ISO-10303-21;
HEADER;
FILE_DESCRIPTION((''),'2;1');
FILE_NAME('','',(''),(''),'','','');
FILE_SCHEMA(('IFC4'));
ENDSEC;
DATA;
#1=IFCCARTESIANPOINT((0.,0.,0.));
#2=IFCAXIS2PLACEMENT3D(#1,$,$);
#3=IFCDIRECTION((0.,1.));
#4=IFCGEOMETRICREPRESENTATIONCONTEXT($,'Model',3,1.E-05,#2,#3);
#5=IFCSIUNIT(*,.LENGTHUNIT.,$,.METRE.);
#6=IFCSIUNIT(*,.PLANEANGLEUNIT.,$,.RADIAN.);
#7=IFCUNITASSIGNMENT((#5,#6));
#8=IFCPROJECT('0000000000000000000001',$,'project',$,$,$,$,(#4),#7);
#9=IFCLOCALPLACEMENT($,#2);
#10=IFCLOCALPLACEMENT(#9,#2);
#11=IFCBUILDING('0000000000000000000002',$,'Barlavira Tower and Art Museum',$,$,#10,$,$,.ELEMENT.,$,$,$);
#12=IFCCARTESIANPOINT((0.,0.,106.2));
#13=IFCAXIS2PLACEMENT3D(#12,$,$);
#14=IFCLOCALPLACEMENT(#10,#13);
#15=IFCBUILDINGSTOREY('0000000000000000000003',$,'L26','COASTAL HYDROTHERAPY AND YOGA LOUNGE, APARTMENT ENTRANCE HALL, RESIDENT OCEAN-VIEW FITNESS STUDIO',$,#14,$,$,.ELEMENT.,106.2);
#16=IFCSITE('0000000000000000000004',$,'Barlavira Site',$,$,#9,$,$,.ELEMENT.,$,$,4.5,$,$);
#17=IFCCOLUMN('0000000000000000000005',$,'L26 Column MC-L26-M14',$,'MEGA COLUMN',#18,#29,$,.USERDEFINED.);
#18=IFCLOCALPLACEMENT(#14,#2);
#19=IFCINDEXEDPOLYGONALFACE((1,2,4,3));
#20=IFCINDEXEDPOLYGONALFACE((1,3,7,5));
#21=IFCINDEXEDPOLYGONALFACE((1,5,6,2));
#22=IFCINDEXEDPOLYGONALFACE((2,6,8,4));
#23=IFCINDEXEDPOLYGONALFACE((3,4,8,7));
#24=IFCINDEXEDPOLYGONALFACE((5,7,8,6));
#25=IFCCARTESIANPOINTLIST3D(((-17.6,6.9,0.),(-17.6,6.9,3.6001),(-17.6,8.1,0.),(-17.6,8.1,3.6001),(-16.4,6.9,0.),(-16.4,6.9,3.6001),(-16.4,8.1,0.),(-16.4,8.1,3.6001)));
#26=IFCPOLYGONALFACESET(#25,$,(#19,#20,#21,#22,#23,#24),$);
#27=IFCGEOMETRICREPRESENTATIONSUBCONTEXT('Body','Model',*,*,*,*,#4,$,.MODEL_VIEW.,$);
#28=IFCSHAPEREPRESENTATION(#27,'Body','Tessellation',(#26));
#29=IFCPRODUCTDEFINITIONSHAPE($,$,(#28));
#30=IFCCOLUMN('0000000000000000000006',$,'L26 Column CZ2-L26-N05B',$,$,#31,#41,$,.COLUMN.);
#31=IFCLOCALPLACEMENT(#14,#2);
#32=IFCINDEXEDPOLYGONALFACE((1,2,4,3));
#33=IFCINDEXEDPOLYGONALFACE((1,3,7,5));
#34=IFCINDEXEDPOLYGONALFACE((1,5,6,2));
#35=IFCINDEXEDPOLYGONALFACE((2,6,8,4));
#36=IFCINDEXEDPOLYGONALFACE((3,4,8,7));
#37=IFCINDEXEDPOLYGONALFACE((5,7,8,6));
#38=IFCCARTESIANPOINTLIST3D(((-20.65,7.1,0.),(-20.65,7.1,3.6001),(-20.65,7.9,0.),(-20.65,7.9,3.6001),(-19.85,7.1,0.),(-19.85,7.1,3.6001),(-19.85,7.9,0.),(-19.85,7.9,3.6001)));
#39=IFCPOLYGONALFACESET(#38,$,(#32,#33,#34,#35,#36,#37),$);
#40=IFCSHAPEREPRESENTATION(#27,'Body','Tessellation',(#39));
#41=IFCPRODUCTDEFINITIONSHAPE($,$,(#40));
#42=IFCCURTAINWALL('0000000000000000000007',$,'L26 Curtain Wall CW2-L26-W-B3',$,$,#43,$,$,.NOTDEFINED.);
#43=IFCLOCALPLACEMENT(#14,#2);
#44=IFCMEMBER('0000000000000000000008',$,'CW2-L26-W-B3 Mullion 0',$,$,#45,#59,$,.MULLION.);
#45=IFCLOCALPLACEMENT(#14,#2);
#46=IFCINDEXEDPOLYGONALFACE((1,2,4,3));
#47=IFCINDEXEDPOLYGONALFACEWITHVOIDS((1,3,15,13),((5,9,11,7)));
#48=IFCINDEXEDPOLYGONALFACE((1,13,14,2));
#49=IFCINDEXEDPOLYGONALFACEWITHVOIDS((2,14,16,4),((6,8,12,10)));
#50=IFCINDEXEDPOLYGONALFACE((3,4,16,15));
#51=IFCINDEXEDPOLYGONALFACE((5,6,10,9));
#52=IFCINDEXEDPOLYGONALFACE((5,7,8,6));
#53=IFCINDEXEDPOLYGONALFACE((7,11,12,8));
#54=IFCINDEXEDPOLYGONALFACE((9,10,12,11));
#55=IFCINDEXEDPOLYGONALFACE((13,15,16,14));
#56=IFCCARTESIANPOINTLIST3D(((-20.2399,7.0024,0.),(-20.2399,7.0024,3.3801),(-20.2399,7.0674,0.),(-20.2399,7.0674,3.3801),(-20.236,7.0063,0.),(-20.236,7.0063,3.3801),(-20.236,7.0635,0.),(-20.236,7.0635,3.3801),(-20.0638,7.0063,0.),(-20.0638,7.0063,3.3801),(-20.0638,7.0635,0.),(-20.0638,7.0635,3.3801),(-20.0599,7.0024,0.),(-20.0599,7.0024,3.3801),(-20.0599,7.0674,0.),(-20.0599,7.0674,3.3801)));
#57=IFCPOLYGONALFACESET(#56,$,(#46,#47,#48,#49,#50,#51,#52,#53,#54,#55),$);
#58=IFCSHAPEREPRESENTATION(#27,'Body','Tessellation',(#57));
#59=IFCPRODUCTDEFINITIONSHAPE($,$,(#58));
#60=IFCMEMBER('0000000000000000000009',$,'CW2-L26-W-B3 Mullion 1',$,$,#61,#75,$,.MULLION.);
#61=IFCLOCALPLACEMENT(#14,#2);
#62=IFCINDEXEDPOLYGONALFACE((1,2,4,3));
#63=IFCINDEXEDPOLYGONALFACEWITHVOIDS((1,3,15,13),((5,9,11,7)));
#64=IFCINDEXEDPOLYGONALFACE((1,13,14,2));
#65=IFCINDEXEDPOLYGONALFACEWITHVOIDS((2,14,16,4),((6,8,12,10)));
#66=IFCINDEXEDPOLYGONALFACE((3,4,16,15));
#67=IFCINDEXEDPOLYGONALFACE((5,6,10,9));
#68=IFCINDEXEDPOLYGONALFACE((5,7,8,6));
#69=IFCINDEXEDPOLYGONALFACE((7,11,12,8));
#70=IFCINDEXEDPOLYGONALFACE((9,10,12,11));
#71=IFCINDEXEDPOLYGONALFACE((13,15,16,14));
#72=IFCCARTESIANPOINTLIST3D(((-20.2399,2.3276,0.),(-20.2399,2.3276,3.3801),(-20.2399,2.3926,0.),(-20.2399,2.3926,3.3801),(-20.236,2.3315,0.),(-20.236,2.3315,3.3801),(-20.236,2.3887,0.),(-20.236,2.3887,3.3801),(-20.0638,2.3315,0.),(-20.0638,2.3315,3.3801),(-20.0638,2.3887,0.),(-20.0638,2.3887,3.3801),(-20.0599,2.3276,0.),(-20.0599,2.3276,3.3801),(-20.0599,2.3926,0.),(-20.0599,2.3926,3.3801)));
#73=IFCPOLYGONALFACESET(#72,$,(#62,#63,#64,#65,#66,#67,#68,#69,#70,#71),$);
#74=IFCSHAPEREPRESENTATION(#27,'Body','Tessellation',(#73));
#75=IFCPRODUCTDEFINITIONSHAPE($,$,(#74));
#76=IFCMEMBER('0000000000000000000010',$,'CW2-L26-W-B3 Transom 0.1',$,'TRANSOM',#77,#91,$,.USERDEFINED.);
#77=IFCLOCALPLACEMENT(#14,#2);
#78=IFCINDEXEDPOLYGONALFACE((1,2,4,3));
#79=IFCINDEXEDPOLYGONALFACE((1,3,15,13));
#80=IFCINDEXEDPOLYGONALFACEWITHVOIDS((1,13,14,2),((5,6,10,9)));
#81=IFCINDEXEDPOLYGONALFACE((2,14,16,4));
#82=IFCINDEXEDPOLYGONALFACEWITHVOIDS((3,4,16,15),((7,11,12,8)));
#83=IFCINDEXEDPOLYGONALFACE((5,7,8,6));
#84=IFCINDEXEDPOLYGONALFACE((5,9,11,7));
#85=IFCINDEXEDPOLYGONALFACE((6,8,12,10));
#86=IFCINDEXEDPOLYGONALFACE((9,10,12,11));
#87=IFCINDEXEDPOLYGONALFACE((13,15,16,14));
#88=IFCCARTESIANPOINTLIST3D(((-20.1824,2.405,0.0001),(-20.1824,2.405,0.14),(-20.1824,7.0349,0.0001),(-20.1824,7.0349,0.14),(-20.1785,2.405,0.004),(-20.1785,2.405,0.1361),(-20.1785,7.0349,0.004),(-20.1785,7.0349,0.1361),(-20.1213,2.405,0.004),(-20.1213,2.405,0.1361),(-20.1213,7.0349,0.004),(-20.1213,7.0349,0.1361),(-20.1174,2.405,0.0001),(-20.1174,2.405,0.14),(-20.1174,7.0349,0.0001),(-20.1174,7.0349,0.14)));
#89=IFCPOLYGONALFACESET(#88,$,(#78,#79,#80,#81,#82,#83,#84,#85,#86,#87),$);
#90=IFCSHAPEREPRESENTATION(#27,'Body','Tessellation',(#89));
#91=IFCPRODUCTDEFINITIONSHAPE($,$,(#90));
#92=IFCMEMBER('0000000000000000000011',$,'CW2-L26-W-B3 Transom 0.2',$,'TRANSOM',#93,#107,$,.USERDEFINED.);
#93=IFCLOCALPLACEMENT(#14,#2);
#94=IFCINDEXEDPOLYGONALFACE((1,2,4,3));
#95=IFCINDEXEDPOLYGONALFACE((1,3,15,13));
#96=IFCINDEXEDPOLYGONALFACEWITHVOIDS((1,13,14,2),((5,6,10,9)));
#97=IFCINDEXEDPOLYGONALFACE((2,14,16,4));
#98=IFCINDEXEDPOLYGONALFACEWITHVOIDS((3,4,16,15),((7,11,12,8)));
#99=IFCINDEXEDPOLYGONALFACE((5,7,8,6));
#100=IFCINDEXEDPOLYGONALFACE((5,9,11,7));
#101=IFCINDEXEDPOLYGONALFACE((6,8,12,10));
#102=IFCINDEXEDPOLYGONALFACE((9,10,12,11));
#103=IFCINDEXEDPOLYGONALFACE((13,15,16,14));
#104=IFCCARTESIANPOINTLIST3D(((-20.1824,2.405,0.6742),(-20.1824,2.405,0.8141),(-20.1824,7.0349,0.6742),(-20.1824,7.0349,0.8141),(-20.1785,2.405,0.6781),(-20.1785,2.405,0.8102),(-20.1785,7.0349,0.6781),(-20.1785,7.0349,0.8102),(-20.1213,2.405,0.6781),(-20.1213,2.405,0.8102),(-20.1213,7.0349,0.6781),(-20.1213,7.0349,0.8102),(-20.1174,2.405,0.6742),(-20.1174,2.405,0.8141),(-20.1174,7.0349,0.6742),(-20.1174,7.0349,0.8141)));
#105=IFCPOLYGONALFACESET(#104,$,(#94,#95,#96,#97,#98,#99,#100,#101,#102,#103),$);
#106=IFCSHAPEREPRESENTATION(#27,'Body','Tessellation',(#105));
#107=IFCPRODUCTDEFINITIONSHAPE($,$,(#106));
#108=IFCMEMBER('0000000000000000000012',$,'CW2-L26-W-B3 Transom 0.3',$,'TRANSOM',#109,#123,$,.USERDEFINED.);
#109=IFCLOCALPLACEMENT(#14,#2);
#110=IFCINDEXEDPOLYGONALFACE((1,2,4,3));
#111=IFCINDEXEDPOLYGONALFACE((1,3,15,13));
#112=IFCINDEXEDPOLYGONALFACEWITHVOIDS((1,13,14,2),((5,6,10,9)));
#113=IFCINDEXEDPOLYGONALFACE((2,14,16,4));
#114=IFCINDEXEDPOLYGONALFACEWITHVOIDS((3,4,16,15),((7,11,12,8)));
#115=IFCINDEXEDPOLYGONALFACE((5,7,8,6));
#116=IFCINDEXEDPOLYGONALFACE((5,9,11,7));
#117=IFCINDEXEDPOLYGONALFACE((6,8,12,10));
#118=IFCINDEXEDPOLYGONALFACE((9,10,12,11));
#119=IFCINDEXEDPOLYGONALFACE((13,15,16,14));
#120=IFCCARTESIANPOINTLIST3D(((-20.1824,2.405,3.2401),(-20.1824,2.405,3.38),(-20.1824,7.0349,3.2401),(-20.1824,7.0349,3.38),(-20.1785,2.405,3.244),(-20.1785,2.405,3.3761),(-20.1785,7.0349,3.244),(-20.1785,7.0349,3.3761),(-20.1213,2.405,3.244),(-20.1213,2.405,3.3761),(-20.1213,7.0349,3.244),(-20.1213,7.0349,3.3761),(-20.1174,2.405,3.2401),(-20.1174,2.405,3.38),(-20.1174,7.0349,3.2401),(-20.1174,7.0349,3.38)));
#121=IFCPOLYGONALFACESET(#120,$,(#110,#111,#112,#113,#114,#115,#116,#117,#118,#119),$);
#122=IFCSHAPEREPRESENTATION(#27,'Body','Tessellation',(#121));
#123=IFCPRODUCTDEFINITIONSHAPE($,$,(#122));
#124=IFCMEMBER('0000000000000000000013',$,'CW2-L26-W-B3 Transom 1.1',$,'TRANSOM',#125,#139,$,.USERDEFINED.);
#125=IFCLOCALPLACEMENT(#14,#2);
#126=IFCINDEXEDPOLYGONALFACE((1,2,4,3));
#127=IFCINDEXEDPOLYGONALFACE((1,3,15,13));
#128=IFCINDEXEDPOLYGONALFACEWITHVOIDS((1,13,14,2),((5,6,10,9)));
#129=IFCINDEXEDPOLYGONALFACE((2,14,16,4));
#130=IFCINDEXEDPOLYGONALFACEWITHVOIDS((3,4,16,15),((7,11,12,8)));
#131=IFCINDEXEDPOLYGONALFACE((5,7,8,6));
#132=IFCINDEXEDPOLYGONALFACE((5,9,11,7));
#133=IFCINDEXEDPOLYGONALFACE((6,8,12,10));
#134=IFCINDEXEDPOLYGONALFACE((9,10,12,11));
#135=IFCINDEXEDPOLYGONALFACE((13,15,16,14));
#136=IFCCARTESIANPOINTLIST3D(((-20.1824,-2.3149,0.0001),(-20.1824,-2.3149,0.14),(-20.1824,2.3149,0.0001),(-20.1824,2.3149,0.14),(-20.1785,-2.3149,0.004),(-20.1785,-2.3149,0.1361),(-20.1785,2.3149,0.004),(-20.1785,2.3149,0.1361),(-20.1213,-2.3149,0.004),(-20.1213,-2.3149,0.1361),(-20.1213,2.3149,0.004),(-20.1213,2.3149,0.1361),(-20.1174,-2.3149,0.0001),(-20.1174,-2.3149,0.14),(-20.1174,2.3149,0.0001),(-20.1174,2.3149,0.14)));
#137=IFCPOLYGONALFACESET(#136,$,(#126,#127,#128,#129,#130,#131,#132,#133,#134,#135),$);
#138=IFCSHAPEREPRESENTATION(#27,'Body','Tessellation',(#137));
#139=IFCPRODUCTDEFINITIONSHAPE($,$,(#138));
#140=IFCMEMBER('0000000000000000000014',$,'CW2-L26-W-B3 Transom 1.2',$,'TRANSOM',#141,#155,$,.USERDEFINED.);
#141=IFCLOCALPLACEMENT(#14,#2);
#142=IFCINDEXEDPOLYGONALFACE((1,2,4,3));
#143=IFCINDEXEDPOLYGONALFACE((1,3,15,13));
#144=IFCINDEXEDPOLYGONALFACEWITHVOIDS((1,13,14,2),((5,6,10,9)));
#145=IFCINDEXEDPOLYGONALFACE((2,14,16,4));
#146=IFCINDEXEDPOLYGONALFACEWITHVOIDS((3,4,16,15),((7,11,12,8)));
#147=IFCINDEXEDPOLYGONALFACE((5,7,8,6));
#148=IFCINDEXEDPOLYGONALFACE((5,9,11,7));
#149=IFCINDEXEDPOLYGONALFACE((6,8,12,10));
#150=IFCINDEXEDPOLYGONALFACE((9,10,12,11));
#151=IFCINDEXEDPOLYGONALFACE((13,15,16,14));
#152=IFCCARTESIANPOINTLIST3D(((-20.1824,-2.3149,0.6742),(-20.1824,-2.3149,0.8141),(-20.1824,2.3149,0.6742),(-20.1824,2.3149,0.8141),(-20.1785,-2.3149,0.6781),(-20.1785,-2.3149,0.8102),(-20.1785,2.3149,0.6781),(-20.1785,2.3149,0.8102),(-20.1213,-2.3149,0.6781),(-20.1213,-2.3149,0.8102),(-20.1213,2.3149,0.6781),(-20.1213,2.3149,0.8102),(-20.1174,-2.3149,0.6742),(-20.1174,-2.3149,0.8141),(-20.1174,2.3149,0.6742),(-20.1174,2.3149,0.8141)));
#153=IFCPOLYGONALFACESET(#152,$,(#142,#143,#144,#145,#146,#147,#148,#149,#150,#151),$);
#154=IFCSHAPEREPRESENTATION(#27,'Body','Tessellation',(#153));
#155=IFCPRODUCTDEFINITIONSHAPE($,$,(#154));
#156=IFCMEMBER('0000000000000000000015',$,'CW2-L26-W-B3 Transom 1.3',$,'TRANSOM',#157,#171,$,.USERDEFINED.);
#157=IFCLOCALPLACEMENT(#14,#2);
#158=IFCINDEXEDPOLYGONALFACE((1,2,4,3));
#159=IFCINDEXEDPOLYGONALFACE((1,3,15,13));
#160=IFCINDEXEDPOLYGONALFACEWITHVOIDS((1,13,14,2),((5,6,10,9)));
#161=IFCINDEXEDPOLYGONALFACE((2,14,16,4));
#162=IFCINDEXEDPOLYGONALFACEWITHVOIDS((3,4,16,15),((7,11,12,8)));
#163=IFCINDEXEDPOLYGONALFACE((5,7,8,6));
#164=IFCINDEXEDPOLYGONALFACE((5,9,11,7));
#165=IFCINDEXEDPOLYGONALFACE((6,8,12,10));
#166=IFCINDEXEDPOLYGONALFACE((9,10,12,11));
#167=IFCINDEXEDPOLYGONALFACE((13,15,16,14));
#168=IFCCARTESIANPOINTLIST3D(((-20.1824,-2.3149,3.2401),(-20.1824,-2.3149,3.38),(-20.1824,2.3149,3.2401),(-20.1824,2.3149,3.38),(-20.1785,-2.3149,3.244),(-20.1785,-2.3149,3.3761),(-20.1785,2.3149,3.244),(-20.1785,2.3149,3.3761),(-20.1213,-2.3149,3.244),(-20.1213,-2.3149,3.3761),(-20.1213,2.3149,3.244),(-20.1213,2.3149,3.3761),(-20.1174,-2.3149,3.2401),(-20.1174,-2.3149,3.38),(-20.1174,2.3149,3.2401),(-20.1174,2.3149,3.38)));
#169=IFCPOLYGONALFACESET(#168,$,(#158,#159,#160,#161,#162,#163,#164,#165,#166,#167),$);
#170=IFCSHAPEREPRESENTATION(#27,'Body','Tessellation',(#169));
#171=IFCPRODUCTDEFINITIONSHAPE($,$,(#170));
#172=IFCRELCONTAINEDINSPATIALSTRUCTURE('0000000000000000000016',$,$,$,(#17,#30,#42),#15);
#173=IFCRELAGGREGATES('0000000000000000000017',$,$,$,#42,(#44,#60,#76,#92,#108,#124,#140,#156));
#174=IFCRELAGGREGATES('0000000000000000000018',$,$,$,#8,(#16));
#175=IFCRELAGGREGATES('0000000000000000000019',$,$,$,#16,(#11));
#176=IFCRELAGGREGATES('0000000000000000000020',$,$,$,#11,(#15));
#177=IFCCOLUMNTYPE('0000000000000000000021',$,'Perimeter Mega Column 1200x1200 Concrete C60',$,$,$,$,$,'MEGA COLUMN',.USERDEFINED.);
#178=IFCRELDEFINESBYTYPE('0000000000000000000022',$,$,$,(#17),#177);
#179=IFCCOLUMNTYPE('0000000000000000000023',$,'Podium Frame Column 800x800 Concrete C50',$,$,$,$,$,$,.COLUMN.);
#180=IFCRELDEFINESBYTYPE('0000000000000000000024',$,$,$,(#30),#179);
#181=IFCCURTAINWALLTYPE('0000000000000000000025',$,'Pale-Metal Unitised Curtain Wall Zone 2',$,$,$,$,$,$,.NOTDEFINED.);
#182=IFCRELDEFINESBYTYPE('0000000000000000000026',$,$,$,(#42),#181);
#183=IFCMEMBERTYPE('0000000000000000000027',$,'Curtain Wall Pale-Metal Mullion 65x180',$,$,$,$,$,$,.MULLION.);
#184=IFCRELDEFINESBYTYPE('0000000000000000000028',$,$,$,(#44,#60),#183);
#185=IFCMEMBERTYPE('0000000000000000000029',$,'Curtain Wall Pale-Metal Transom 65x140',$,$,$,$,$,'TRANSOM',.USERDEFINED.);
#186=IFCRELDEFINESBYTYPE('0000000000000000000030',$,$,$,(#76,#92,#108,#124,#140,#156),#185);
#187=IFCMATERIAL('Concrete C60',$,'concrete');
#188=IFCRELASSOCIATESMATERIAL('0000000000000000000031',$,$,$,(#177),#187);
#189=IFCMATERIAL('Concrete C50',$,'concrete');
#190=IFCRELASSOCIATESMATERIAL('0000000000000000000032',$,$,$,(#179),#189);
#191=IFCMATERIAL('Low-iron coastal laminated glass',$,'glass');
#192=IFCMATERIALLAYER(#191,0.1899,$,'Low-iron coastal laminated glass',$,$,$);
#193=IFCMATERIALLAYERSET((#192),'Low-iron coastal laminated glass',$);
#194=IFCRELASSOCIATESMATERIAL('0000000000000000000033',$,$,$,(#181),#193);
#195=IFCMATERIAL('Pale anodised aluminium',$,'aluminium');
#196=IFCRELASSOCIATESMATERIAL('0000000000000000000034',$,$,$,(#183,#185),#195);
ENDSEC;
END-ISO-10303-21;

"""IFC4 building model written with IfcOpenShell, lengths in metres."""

from ifc_helpers import new_model, si_unit, direction, frame, origin, origin_2d, place, context, subcontext, project, spatial, rectangle, hollow_rectangle, extrude, material, layer, layer_set, material_profile, profile_set, type_object, element, aggregate, save


model = new_model("IFC4")

# Units and contexts
model_context = context("Model", 3, precision=1e-05, world=origin(), true_north=direction((0.0, 1.0)))
body_context = subcontext(model_context, "Body", "Model", "MODEL_VIEW")
ifc_project = project(units=[si_unit("LENGTHUNIT", "METRE"), si_unit("PLANEANGLEUNIT", "RADIAN")], contexts=[model_context])

# Site, building, storey
site_placement = place(None, origin())
site = spatial("IfcSite", under=ifc_project, at=site_placement, Name="Barlavira Site", CompositionType="ELEMENT", RefElevation=4.5)
building_placement = place(site_placement, origin())
building = spatial("IfcBuilding", under=site, at=building_placement, Name="Barlavira Tower and Art Museum", CompositionType="ELEMENT")
storey_placement = place(building_placement, frame((0.0, 0.0, 106.2)))
storey = spatial("IfcBuildingStorey", under=building, at=storey_placement, Name="L26", Description="COASTAL HYDROTHERAPY AND YOGA LOUNGE, APARTMENT ENTRANCE HALL, RESIDENT OCEAN-VIEW FITNESS STUDIO", CompositionType="ELEMENT", Elevation=106.2)

# Columns
ifc_material_1 = material(Name="Concrete C60", Category="concrete")
ifc_material_profile_1 = material_profile(ifc_material_1, rectangle(XDim=1.2, YDim=1.2, at=origin_2d()), Name="RC-COL 1200x1200")
ifc_profile_set_1 = profile_set([ifc_material_profile_1], Name="Concrete C60")
column_type_1 = type_object("IfcColumnType", Name="Perimeter Mega Column 1200x1200 Concrete C60", ElementType="MEGA COLUMN", PredefinedType="USERDEFINED", material=ifc_profile_set_1)
column_1_placement = place(storey_placement, frame((-17.0, 7.5, 0.0), z_axis=(0.0, 0.0, 1.0), x_axis=(1.0, 0.0, 0.0)))
element("IfcColumn", 1, at=column_1_placement, inside=storey, type_object=column_type_1, Name="L26 Column MC-L26-M14", ObjectType="MEGA COLUMN", PredefinedType="USERDEFINED", context=body_context, shape_type="SweptSolid", body=[
    extrude(rectangle(XDim=1.2, YDim=1.2, at=origin_2d()), origin(), (0.0, 0.0, 1.0), 3.6001),
])
ifc_material_2 = material(Name="Concrete C50", Category="concrete")
ifc_material_profile_2 = material_profile(ifc_material_2, rectangle(XDim=0.8, YDim=0.8, at=origin_2d()), Name="RC-COL 800x800")
ifc_profile_set_2 = profile_set([ifc_material_profile_2], Name="Concrete C50")
column_type_2 = type_object("IfcColumnType", Name="Podium Frame Column 800x800 Concrete C50", PredefinedType="COLUMN", material=ifc_profile_set_2)
column_2_placement = place(storey_placement, frame((-20.25, 7.5, 0.0), z_axis=(0.0, 0.0, 1.0), x_axis=(1.0, 0.0, 0.0)))
element("IfcColumn", 2, at=column_2_placement, inside=storey, type_object=column_type_2, Name="L26 Column CZ2-L26-N05B", PredefinedType="COLUMN", context=body_context, shape_type="SweptSolid", body=[
    extrude(rectangle(XDim=0.8, YDim=0.8, at=origin_2d()), origin(), (0.0, 0.0, 1.0), 3.6001),
])

# Curtain wall, members
ifc_material_3 = material(Name="Low-iron coastal laminated glass", Category="glass")
ifc_layer_1 = layer(ifc_material_3, 0.1899, Name="Low-iron coastal laminated glass")
ifc_layer_set_1 = layer_set([ifc_layer_1], Name="Low-iron coastal laminated glass")
curtain_wall_type = type_object("IfcCurtainWallType", Name="Pale-Metal Unitised Curtain Wall Zone 2", PredefinedType="NOTDEFINED", material=ifc_layer_set_1)
curtain_wall_placement = place(storey_placement, origin())
curtain_wall = element("IfcCurtainWall", 3, at=curtain_wall_placement, inside=storey, type_object=curtain_wall_type, Name="L26 Curtain Wall CW2-L26-W-B3", PredefinedType="NOTDEFINED")
ifc_material_4 = material(Name="Pale anodised aluminium", Category="aluminium")
ifc_material_profile_3 = material_profile(ifc_material_4, hollow_rectangle(XDim=0.0649, YDim=0.1799, WallThickness=0.0039, at=origin_2d()), Name="ALU-MULL 65x180x4")
ifc_profile_set_3 = profile_set([ifc_material_profile_3], Name="Pale anodised aluminium")
member_type_1 = type_object("IfcMemberType", Name="Curtain Wall Pale-Metal Mullion 65x180", PredefinedType="MULLION", material=ifc_profile_set_3)
member_1_placement = place(storey_placement, frame((-20.1499, 7.0349, 0.0), z_axis=(0.0, 0.0, 1.0), x_axis=(0.0, -1.0, 0.0)))
member_1 = element("IfcMember", 4, at=member_1_placement, type_object=member_type_1, Name="CW2-L26-W-B3 Mullion 0", PredefinedType="MULLION", context=body_context, shape_type="SweptSolid", body=[
    extrude(hollow_rectangle(XDim=0.0649, YDim=0.1799, WallThickness=0.0039, at=origin_2d()), origin(), (0.0, 0.0, 1.0), 3.3801),
])
member_2_placement = place(storey_placement, frame((-20.1499, 2.3601, 0.0), z_axis=(0.0, 0.0, 1.0), x_axis=(0.0, -1.0, 0.0)))
member_2 = element("IfcMember", 5, at=member_2_placement, type_object=member_type_1, Name="CW2-L26-W-B3 Mullion 1", PredefinedType="MULLION", context=body_context, shape_type="SweptSolid", body=[
    extrude(hollow_rectangle(XDim=0.0649, YDim=0.1799, WallThickness=0.0039, at=origin_2d()), origin(), (0.0, 0.0, 1.0), 3.3801),
])
ifc_material_profile_4 = material_profile(ifc_material_4, hollow_rectangle(XDim=0.0649, YDim=0.1399, WallThickness=0.0039, at=origin_2d()), Name="ALU-TRAN 65x140x4")
ifc_profile_set_4 = profile_set([ifc_material_profile_4], Name="Pale anodised aluminium")
member_type_2 = type_object("IfcMemberType", Name="Curtain Wall Pale-Metal Transom 65x140", ElementType="TRANSOM", PredefinedType="USERDEFINED", material=ifc_profile_set_4)
member_3_placement = place(storey_placement, frame((-20.1499, 7.0349, 0.0701), z_axis=(0.0, -1.0, 0.0), x_axis=(1.0, 0.0, 0.0)))
member_3 = element("IfcMember", 6, at=member_3_placement, type_object=member_type_2, Name="CW2-L26-W-B3 Transom 0.1", ObjectType="TRANSOM", PredefinedType="USERDEFINED", context=body_context, shape_type="SweptSolid", body=[
    extrude(hollow_rectangle(XDim=0.0649, YDim=0.1399, WallThickness=0.0039, at=origin_2d()), origin(), (0.0, 0.0, 1.0), 4.6299),
])
member_4_placement = place(storey_placement, frame((-20.1499, 7.0349, 0.7441), z_axis=(0.0, -1.0, 0.0), x_axis=(1.0, 0.0, 0.0)))
member_4 = element("IfcMember", 7, at=member_4_placement, type_object=member_type_2, Name="CW2-L26-W-B3 Transom 0.2", ObjectType="TRANSOM", PredefinedType="USERDEFINED", context=body_context, shape_type="SweptSolid", body=[
    extrude(hollow_rectangle(XDim=0.0649, YDim=0.1399, WallThickness=0.0039, at=origin_2d()), origin(), (0.0, 0.0, 1.0), 4.6299),
])
member_5_placement = place(storey_placement, frame((-20.1499, 7.0349, 3.3101), z_axis=(0.0, -1.0, 0.0), x_axis=(1.0, 0.0, 0.0)))
member_5 = element("IfcMember", 8, at=member_5_placement, type_object=member_type_2, Name="CW2-L26-W-B3 Transom 0.3", ObjectType="TRANSOM", PredefinedType="USERDEFINED", context=body_context, shape_type="SweptSolid", body=[
    extrude(hollow_rectangle(XDim=0.0649, YDim=0.1399, WallThickness=0.0039, at=origin_2d()), origin(), (0.0, 0.0, 1.0), 4.6299),
])
member_6_placement = place(storey_placement, frame((-20.1499, 2.3149, 0.0701), z_axis=(0.0, -1.0, 0.0), x_axis=(1.0, 0.0, 0.0)))
member_6 = element("IfcMember", 9, at=member_6_placement, type_object=member_type_2, Name="CW2-L26-W-B3 Transom 1.1", ObjectType="TRANSOM", PredefinedType="USERDEFINED", context=body_context, shape_type="SweptSolid", body=[
    extrude(hollow_rectangle(XDim=0.0649, YDim=0.1399, WallThickness=0.0039, at=origin_2d()), origin(), (0.0, 0.0, 1.0), 4.6299),
])
member_7_placement = place(storey_placement, frame((-20.1499, 2.3149, 0.7441), z_axis=(0.0, -1.0, 0.0), x_axis=(1.0, 0.0, 0.0)))
member_7 = element("IfcMember", 10, at=member_7_placement, type_object=member_type_2, Name="CW2-L26-W-B3 Transom 1.2", ObjectType="TRANSOM", PredefinedType="USERDEFINED", context=body_context, shape_type="SweptSolid", body=[
    extrude(hollow_rectangle(XDim=0.0649, YDim=0.1399, WallThickness=0.0039, at=origin_2d()), origin(), (0.0, 0.0, 1.0), 4.6299),
])
member_8_placement = place(storey_placement, frame((-20.1499, 2.3149, 3.3101), z_axis=(0.0, -1.0, 0.0), x_axis=(1.0, 0.0, 0.0)))
member_8 = element("IfcMember", 11, at=member_8_placement, type_object=member_type_2, Name="CW2-L26-W-B3 Transom 1.3", ObjectType="TRANSOM", PredefinedType="USERDEFINED", context=body_context, shape_type="SweptSolid", body=[
    extrude(hollow_rectangle(XDim=0.0649, YDim=0.1399, WallThickness=0.0039, at=origin_2d()), origin(), (0.0, 0.0, 1.0), 4.6299),
])

aggregate(curtain_wall, [member_1, member_2, member_3, member_4, member_5, member_6, member_7, member_8])

save(model, "model.ifc")
